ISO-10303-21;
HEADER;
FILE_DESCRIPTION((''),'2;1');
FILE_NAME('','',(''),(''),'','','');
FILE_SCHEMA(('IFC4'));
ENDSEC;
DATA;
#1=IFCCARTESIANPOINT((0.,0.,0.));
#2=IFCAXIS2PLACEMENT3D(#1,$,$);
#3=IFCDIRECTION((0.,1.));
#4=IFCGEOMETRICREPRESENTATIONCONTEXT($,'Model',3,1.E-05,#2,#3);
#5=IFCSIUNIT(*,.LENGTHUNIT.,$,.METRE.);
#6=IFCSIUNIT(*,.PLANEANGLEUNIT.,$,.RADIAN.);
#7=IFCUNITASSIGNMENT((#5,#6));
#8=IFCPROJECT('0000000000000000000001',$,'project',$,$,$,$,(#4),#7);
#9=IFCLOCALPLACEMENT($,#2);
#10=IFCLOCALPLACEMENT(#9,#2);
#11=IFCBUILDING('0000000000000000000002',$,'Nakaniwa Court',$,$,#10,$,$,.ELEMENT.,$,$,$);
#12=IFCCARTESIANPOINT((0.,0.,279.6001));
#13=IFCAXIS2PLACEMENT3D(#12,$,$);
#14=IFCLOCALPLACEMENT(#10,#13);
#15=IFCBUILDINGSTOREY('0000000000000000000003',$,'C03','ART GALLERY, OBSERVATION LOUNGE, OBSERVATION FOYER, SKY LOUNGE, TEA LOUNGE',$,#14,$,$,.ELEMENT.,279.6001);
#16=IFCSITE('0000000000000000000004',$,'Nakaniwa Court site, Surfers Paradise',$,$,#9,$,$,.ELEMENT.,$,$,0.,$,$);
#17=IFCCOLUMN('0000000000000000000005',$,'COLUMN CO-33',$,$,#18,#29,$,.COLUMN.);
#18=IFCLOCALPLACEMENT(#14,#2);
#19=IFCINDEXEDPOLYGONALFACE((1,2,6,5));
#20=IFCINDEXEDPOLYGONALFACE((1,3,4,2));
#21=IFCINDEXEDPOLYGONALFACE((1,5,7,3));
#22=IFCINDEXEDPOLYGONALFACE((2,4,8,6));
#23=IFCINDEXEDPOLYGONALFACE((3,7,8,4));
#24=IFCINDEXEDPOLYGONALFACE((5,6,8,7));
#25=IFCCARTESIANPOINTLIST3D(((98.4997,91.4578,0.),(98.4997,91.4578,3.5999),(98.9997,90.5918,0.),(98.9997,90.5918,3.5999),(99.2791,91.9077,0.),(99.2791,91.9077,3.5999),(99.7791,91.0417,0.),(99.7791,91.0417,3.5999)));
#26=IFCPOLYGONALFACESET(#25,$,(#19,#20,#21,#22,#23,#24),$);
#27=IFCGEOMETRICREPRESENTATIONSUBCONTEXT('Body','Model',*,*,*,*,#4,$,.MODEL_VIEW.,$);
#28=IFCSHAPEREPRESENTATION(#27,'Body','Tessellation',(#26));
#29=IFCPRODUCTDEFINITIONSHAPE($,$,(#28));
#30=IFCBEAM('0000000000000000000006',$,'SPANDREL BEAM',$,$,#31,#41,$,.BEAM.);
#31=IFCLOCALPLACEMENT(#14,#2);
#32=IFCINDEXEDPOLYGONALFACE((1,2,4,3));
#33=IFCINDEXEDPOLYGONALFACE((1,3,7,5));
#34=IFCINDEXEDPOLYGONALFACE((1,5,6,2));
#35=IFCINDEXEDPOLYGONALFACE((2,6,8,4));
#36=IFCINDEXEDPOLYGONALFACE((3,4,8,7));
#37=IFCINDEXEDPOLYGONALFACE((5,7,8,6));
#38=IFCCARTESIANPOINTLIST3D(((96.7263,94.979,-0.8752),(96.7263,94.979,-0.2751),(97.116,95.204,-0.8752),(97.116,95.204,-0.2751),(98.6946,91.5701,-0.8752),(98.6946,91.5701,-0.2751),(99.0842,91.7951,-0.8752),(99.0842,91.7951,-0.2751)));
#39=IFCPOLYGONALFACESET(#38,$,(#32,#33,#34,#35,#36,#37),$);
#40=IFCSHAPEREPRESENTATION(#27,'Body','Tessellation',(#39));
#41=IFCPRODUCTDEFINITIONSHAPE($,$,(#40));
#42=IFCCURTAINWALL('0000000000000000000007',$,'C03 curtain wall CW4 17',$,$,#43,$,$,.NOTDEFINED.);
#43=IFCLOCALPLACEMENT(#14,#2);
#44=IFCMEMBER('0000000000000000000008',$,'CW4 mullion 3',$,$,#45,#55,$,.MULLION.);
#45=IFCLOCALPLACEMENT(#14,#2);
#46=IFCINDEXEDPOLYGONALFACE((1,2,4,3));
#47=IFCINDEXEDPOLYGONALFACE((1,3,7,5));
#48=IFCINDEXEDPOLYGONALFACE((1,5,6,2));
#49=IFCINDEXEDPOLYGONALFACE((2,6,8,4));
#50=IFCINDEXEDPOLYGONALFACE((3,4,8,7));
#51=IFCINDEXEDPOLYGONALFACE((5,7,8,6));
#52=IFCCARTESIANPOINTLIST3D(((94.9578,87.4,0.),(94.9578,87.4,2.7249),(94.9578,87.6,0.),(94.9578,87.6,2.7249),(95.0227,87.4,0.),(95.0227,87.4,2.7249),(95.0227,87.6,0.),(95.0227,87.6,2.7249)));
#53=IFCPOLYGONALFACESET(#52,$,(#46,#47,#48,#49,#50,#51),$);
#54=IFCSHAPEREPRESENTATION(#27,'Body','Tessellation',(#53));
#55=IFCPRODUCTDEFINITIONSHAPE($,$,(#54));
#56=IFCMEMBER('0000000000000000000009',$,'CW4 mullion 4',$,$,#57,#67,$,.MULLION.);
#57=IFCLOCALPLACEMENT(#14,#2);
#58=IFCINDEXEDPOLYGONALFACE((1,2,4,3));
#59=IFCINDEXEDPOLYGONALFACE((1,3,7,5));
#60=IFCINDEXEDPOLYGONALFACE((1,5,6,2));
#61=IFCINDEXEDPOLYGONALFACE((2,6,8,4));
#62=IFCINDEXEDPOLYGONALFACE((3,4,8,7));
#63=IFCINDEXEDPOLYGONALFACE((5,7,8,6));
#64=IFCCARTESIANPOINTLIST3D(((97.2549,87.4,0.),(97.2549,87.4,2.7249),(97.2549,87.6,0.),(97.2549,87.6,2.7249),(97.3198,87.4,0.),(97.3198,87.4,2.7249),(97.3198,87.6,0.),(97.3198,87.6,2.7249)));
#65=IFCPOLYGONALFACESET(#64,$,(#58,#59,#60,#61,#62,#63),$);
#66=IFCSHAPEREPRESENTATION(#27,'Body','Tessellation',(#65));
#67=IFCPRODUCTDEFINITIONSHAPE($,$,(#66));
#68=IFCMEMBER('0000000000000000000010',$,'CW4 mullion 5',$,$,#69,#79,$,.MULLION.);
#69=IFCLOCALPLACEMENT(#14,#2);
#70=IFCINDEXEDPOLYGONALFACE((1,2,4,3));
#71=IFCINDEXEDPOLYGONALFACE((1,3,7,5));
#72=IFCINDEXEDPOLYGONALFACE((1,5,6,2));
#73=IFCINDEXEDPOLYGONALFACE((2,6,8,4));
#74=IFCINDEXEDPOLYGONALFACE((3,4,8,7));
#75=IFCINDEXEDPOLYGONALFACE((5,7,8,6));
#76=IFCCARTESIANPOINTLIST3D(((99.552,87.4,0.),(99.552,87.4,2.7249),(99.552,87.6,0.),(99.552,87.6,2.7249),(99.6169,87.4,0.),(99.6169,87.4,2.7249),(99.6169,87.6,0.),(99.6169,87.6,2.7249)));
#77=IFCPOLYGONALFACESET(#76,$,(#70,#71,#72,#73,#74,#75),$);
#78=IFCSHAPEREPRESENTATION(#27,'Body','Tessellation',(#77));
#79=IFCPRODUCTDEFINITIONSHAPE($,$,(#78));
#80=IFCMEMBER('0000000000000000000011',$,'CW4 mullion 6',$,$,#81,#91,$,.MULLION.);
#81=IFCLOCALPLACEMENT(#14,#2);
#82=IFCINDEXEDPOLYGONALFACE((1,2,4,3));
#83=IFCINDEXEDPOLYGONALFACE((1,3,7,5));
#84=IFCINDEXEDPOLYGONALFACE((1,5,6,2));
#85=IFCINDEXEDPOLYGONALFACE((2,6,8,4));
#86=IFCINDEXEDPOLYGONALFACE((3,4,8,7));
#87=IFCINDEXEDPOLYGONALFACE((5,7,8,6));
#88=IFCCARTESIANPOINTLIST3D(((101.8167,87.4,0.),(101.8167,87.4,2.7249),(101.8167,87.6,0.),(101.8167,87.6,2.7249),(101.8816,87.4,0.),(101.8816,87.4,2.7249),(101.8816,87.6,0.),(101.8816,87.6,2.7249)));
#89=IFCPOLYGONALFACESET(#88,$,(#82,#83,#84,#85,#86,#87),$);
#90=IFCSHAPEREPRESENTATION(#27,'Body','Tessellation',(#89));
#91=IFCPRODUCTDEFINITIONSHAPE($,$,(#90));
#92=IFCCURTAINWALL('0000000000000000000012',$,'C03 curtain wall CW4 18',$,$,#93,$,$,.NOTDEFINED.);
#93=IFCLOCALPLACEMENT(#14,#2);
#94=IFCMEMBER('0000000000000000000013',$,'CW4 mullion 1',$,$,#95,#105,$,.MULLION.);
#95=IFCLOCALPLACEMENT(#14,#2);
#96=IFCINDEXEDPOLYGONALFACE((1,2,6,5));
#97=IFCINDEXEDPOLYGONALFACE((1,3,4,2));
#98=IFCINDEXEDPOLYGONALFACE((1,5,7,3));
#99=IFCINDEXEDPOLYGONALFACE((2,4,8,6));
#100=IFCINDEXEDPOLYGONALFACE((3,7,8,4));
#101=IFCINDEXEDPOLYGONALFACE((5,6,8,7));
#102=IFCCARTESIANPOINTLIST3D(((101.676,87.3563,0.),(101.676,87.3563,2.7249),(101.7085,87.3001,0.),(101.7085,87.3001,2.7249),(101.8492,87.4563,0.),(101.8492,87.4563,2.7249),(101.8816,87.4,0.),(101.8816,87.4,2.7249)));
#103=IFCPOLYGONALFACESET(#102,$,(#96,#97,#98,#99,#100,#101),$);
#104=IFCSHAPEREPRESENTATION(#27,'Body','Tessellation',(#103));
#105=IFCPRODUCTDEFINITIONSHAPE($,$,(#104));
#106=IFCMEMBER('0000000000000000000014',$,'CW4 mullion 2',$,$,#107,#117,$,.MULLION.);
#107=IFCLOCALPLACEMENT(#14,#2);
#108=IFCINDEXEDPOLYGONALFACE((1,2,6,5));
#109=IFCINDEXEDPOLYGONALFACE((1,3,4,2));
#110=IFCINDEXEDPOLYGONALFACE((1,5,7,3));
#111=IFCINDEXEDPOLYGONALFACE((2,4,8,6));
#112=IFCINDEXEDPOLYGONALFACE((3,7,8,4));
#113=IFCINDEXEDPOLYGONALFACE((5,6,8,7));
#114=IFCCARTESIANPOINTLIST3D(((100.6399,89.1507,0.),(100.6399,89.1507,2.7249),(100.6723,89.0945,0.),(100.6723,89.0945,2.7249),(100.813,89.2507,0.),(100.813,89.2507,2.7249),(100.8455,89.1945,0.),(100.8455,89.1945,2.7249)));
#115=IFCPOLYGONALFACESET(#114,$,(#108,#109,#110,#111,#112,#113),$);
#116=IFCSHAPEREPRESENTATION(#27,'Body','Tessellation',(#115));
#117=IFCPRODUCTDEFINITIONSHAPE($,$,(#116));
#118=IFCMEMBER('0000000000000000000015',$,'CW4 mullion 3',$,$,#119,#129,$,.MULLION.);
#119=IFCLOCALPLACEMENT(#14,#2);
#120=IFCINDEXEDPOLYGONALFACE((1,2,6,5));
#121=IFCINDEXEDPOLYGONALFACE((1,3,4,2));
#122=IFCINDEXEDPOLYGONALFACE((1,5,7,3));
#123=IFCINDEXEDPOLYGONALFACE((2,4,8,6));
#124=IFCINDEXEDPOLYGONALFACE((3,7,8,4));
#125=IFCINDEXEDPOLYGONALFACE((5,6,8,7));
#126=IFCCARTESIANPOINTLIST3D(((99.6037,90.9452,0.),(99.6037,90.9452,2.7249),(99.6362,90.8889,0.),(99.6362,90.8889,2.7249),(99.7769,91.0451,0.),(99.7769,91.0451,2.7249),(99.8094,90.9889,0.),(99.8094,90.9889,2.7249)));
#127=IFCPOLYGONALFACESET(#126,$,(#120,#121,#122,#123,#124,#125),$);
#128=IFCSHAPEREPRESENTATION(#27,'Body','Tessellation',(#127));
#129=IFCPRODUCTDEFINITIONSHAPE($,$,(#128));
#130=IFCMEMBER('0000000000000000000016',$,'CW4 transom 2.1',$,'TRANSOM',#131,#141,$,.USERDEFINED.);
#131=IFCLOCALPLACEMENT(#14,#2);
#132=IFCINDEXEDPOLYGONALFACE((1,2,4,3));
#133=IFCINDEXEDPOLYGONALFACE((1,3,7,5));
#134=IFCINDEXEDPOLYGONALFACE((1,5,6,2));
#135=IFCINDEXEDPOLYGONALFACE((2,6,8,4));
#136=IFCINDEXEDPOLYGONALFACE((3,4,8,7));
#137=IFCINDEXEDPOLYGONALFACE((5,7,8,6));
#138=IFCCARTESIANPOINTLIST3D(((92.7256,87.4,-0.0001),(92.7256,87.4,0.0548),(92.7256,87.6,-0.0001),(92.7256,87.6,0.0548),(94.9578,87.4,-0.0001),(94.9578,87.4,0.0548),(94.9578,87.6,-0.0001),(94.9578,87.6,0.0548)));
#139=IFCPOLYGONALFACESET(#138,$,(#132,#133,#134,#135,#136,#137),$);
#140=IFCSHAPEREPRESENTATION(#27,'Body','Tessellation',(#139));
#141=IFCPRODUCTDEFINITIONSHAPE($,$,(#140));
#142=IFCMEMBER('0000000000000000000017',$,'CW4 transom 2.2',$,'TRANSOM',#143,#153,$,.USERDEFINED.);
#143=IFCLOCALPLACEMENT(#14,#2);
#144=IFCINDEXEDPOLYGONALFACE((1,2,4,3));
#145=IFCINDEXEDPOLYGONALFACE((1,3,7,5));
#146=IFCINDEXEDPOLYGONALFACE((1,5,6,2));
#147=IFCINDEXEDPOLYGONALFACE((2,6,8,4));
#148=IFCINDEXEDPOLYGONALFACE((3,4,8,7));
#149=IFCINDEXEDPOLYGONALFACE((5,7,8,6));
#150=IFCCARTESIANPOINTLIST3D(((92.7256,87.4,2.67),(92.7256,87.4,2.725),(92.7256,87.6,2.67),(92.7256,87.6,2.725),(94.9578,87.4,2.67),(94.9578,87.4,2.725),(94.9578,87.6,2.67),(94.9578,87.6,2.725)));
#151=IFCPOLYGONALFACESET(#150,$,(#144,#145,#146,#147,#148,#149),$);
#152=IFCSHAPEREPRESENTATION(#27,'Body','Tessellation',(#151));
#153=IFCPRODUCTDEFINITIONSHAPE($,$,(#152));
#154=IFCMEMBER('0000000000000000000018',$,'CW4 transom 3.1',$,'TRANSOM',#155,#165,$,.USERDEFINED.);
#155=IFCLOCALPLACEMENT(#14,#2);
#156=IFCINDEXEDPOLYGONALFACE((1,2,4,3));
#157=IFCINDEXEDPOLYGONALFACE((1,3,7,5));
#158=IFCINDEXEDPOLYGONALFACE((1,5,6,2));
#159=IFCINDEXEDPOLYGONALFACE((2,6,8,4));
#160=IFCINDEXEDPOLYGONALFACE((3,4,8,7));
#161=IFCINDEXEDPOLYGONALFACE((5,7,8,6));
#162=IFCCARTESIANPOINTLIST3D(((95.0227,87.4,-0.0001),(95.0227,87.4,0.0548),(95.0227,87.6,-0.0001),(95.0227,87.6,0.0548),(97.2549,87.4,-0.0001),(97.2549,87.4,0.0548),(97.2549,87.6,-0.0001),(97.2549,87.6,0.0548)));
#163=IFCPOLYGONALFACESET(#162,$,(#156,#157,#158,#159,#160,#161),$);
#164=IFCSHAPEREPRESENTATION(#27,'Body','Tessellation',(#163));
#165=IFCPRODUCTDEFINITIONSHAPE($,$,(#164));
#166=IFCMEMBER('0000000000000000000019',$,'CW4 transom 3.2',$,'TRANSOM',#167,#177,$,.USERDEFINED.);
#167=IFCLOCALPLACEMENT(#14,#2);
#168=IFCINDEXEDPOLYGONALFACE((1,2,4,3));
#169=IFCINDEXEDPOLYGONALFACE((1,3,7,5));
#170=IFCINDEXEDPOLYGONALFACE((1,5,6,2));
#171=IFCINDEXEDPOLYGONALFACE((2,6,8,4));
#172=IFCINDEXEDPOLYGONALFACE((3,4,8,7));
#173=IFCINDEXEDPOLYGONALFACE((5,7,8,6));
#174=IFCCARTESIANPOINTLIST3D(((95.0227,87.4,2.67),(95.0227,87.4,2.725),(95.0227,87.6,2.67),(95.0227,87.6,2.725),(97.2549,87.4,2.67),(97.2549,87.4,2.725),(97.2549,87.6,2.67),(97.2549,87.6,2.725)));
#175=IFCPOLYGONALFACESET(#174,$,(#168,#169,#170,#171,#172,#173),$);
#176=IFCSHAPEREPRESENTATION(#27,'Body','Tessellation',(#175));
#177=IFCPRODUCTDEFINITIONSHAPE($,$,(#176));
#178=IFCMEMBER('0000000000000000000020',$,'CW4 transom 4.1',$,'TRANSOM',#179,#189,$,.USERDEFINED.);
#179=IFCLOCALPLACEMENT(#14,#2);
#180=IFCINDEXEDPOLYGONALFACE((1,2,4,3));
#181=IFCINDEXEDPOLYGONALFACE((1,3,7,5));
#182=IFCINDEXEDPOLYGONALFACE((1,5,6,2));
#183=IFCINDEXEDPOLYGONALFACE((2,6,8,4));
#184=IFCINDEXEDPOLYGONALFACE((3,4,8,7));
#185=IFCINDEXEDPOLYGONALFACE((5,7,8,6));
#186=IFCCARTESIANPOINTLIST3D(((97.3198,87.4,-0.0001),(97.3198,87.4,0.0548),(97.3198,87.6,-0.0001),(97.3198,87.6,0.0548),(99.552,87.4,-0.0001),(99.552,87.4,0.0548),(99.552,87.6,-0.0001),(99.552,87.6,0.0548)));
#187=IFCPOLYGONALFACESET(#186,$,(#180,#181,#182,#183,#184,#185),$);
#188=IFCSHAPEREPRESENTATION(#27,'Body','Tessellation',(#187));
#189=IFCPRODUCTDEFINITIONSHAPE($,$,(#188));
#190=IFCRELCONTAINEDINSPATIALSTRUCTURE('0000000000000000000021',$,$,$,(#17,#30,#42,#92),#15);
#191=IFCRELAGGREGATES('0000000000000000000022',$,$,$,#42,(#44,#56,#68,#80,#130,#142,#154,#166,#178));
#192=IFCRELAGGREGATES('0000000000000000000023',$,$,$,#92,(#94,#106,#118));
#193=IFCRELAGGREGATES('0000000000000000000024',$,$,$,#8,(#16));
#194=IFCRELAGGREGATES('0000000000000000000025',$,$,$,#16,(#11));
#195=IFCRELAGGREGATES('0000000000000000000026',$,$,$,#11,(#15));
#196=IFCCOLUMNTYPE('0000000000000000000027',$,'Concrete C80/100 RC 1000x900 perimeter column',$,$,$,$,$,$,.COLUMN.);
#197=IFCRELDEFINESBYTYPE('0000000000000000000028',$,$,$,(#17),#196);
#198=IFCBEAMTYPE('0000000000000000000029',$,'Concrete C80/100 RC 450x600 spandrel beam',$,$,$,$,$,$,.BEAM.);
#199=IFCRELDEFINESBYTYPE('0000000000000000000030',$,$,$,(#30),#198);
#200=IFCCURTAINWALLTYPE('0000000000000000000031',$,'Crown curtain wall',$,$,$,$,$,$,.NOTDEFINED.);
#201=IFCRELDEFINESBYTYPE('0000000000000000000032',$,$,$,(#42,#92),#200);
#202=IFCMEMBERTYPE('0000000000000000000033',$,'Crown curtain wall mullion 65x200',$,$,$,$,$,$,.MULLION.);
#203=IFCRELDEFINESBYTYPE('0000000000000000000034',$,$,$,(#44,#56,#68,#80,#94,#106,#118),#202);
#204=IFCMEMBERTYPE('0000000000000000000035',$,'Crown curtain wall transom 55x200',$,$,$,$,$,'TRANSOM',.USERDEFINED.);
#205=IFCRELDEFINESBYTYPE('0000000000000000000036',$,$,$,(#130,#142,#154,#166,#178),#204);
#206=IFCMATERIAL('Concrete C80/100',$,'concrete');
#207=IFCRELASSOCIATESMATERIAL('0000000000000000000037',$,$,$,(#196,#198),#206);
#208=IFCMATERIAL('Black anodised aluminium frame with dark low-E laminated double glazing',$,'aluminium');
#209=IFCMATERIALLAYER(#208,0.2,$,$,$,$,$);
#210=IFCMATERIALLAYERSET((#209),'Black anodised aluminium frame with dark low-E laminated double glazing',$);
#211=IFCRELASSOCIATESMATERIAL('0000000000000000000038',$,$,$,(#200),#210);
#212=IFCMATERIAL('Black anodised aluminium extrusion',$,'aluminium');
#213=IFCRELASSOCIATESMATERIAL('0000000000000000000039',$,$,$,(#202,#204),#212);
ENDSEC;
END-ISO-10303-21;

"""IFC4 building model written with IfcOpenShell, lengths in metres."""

from ifc_helpers import new_model, si_unit, direction, frame, origin, origin_2d, place, context, subcontext, project, spatial, rectangle, extrude, material, layer, layer_set, material_profile, profile_set, type_object, element, aggregate, save


model = new_model("IFC4")

# Units and contexts
model_context = context("Model", 3, precision=1e-05, world=origin(), true_north=direction((0.0, 1.0)))
body_context = subcontext(model_context, "Body", "Model", "MODEL_VIEW")
ifc_project = project(units=[si_unit("LENGTHUNIT", "METRE"), si_unit("PLANEANGLEUNIT", "RADIAN")], contexts=[model_context])

# Site, building, storey
site_placement = place(None, origin())
site = spatial("IfcSite", under=ifc_project, at=site_placement, Name="Nakaniwa Court site, Surfers Paradise", CompositionType="ELEMENT", RefElevation=0.0)
building_placement = place(site_placement, origin())
building = spatial("IfcBuilding", under=site, at=building_placement, Name="Nakaniwa Court", CompositionType="ELEMENT")
storey_placement = place(building_placement, frame((0.0, 0.0, 279.6001)))
storey = spatial("IfcBuildingStorey", under=building, at=storey_placement, Name="C03", Description="ART GALLERY, OBSERVATION LOUNGE, OBSERVATION FOYER, SKY LOUNGE, TEA LOUNGE", CompositionType="ELEMENT", Elevation=279.6001)

# Column
ifc_material_1 = material(Name="Concrete C80/100", Category="concrete")
ifc_material_profile_1 = material_profile(ifc_material_1, rectangle(XDim=1.0, YDim=0.8999, at=origin_2d()), Name="Concrete C80/100 RC 1000x900 perimeter column")
ifc_profile_set_1 = profile_set([ifc_material_profile_1], Name="Concrete C80/100")
column_type = type_object("IfcColumnType", Name="Concrete C80/100 RC 1000x900 perimeter column", PredefinedType="COLUMN", material=ifc_profile_set_1)
column_placement = place(storey_placement, frame((99.1394, 91.2498, 0.0), z_axis=(0.0, 0.0, 1.0), x_axis=(-0.5, 0.866025, 0.0)))
element("IfcColumn", 1, at=column_placement, inside=storey, type_object=column_type, Name="COLUMN CO-33", PredefinedType="COLUMN", context=body_context, shape_type="SweptSolid", body=[
    extrude(rectangle(XDim=1.0, YDim=0.8999, at=origin_2d()), origin(), (0.0, 0.0, 1.0), 3.5999),
])

# Beam
ifc_material_profile_2 = material_profile(ifc_material_1, rectangle(XDim=0.45, YDim=0.6001, at=origin_2d()), Name="Concrete C80/100 RC 450x600 spandrel beam")
ifc_profile_set_2 = profile_set([ifc_material_profile_2], Name="Concrete C80/100")
beam_type = type_object("IfcBeamType", Name="Concrete C80/100 RC 450x600 spandrel beam", PredefinedType="BEAM", material=ifc_profile_set_2)
beam_placement = place(storey_placement, frame((98.8894, 91.6826, -0.5752), z_axis=(-0.500021, 0.866013, 0.0), x_axis=(-0.866013, -0.500021, 0.0)))
element("IfcBeam", 2, at=beam_placement, inside=storey, type_object=beam_type, Name="SPANDREL BEAM", PredefinedType="BEAM", context=body_context, shape_type="SweptSolid", body=[
    extrude(rectangle(XDim=0.45, YDim=0.6001, at=origin_2d()), origin(), (0.0, 0.0, 1.0), 3.9363),
])

# Curtain walls, members
ifc_material_2 = material(Name="Black anodised aluminium frame with dark low-E laminated double glazing", Category="aluminium")
ifc_layer_1 = layer(ifc_material_2, 0.2)
ifc_layer_set_1 = layer_set([ifc_layer_1], Name="Black anodised aluminium frame with dark low-E laminated double glazing")
curtain_wall_type = type_object("IfcCurtainWallType", Name="Crown curtain wall", PredefinedType="NOTDEFINED", material=ifc_layer_set_1)
curtain_wall_1_placement = place(storey_placement, origin())
curtain_wall_1 = element("IfcCurtainWall", 3, at=curtain_wall_1_placement, inside=storey, type_object=curtain_wall_type, Name="C03 curtain wall CW4 17", PredefinedType="NOTDEFINED")
ifc_material_3 = material(Name="Black anodised aluminium extrusion", Category="aluminium")
ifc_material_profile_3 = material_profile(ifc_material_3, rectangle(XDim=0.2, YDim=0.0649, at=origin_2d()), Name="Crown curtain wall mullion 65x200")
ifc_profile_set_3 = profile_set([ifc_material_profile_3], Name="Black anodised aluminium extrusion")
member_type_1 = type_object("IfcMemberType", Name="Crown curtain wall mullion 65x200", PredefinedType="MULLION", material=ifc_profile_set_3)
member_1_placement = place(storey_placement, frame((94.9902, 87.5, 0.0), z_axis=(0.0, 0.0, 1.0), x_axis=(0.0, 1.0, 0.0)))
member_1 = element("IfcMember", 4, at=member_1_placement, type_object=member_type_1, Name="CW4 mullion 3", PredefinedType="MULLION", context=body_context, shape_type="SweptSolid", body=[
    extrude(rectangle(XDim=0.2, YDim=0.0649, at=origin_2d()), origin(), (0.0, 0.0, 1.0), 2.7249),
])
member_2_placement = place(storey_placement, frame((97.2874, 87.5, 0.0), z_axis=(0.0, 0.0, 1.0), x_axis=(0.0, 1.0, 0.0)))
member_2 = element("IfcMember", 5, at=member_2_placement, type_object=member_type_1, Name="CW4 mullion 4", PredefinedType="MULLION", context=body_context, shape_type="SweptSolid", body=[
    extrude(rectangle(XDim=0.2, YDim=0.0649, at=origin_2d()), origin(), (0.0, 0.0, 1.0), 2.7249),
])
member_3_placement = place(storey_placement, frame((99.5845, 87.5, 0.0), z_axis=(0.0, 0.0, 1.0), x_axis=(0.0, 1.0, 0.0)))
member_3 = element("IfcMember", 6, at=member_3_placement, type_object=member_type_1, Name="CW4 mullion 5", PredefinedType="MULLION", context=body_context, shape_type="SweptSolid", body=[
    extrude(rectangle(XDim=0.2, YDim=0.0649, at=origin_2d()), origin(), (0.0, 0.0, 1.0), 2.7249),
])
member_4_placement = place(storey_placement, frame((101.8491, 87.5, 0.0), z_axis=(0.0, 0.0, 1.0), x_axis=(0.0, 1.0, 0.0)))
member_4 = element("IfcMember", 7, at=member_4_placement, type_object=member_type_1, Name="CW4 mullion 6", PredefinedType="MULLION", context=body_context, shape_type="SweptSolid", body=[
    extrude(rectangle(XDim=0.2, YDim=0.0649, at=origin_2d()), origin(), (0.0, 0.0, 1.0), 2.7249),
])
curtain_wall_2_placement = place(storey_placement, origin())
curtain_wall_2 = element("IfcCurtainWall", 8, at=curtain_wall_2_placement, inside=storey, type_object=curtain_wall_type, Name="C03 curtain wall CW4 18", PredefinedType="NOTDEFINED")
member_5_placement = place(storey_placement, frame((101.7788, 87.3782, 0.0), z_axis=(0.0, 0.0, 1.0), x_axis=(-0.866021, -0.500008, 0.0)))
member_5 = element("IfcMember", 9, at=member_5_placement, type_object=member_type_1, Name="CW4 mullion 1", PredefinedType="MULLION", context=body_context, shape_type="SweptSolid", body=[
    extrude(rectangle(XDim=0.2, YDim=0.0649, at=origin_2d()), origin(), (0.0, 0.0, 1.0), 2.7249),
])
member_6_placement = place(storey_placement, frame((100.7427, 89.1726, 0.0), z_axis=(0.0, 0.0, 1.0), x_axis=(-0.866021, -0.500008, 0.0)))
member_6 = element("IfcMember", 10, at=member_6_placement, type_object=member_type_1, Name="CW4 mullion 2", PredefinedType="MULLION", context=body_context, shape_type="SweptSolid", body=[
    extrude(rectangle(XDim=0.2, YDim=0.0649, at=origin_2d()), origin(), (0.0, 0.0, 1.0), 2.7249),
])
member_7_placement = place(storey_placement, frame((99.7065, 90.967, 0.0), z_axis=(0.0, 0.0, 1.0), x_axis=(-0.866021, -0.500008, 0.0)))
member_7 = element("IfcMember", 11, at=member_7_placement, type_object=member_type_1, Name="CW4 mullion 3", PredefinedType="MULLION", context=body_context, shape_type="SweptSolid", body=[
    extrude(rectangle(XDim=0.2, YDim=0.0649, at=origin_2d()), origin(), (0.0, 0.0, 1.0), 2.7249),
])

# Members
ifc_material_profile_4 = material_profile(ifc_material_3, rectangle(XDim=0.2, YDim=0.0549, at=origin_2d()), Name="Crown curtain wall transom 55x200")
ifc_profile_set_4 = profile_set([ifc_material_profile_4], Name="Black anodised aluminium extrusion")
member_type_2 = type_object("IfcMemberType", Name="Crown curtain wall transom 55x200", ElementType="TRANSOM", PredefinedType="USERDEFINED", material=ifc_profile_set_4)
member_8_placement = place(storey_placement, frame((92.7256, 87.5, 0.0273), z_axis=(1.0, 0.0, 0.0), x_axis=(0.0, 1.0, 0.0)))
member_8 = element("IfcMember", 12, at=member_8_placement, type_object=member_type_2, Name="CW4 transom 2.1", ObjectType="TRANSOM", PredefinedType="USERDEFINED", context=body_context, shape_type="SweptSolid", body=[
    extrude(rectangle(XDim=0.2, YDim=0.0549, at=origin_2d()), origin(), (0.0, 0.0, 1.0), 2.2322),
])
member_9_placement = place(storey_placement, frame((92.7256, 87.5, 2.6975), z_axis=(1.0, 0.0, 0.0), x_axis=(0.0, 1.0, 0.0)))
member_9 = element("IfcMember", 13, at=member_9_placement, type_object=member_type_2, Name="CW4 transom 2.2", ObjectType="TRANSOM", PredefinedType="USERDEFINED", context=body_context, shape_type="SweptSolid", body=[
    extrude(rectangle(XDim=0.2, YDim=0.0549, at=origin_2d()), origin(), (0.0, 0.0, 1.0), 2.2322),
])
member_10_placement = place(storey_placement, frame((95.0227, 87.5, 0.0273), z_axis=(1.0, 0.0, 0.0), x_axis=(0.0, 1.0, 0.0)))
member_10 = element("IfcMember", 14, at=member_10_placement, type_object=member_type_2, Name="CW4 transom 3.1", ObjectType="TRANSOM", PredefinedType="USERDEFINED", context=body_context, shape_type="SweptSolid", body=[
    extrude(rectangle(XDim=0.2, YDim=0.0549, at=origin_2d()), origin(), (0.0, 0.0, 1.0), 2.2322),
])
member_11_placement = place(storey_placement, frame((95.0227, 87.5, 2.6975), z_axis=(1.0, 0.0, 0.0), x_axis=(0.0, 1.0, 0.0)))
member_11 = element("IfcMember", 15, at=member_11_placement, type_object=member_type_2, Name="CW4 transom 3.2", ObjectType="TRANSOM", PredefinedType="USERDEFINED", context=body_context, shape_type="SweptSolid", body=[
    extrude(rectangle(XDim=0.2, YDim=0.0549, at=origin_2d()), origin(), (0.0, 0.0, 1.0), 2.2322),
])
member_12_placement = place(storey_placement, frame((97.3198, 87.5, 0.0273), z_axis=(1.0, 0.0, 0.0), x_axis=(0.0, 1.0, 0.0)))
member_12 = element("IfcMember", 16, at=member_12_placement, type_object=member_type_2, Name="CW4 transom 4.1", ObjectType="TRANSOM", PredefinedType="USERDEFINED", context=body_context, shape_type="SweptSolid", body=[
    extrude(rectangle(XDim=0.2, YDim=0.0549, at=origin_2d()), origin(), (0.0, 0.0, 1.0), 2.2322),
])

aggregate(curtain_wall_1, [member_1, member_2, member_3, member_4, member_8, member_9, member_10, member_11, member_12])
aggregate(curtain_wall_2, [member_5, member_6, member_7])

save(model, "model.ifc")
